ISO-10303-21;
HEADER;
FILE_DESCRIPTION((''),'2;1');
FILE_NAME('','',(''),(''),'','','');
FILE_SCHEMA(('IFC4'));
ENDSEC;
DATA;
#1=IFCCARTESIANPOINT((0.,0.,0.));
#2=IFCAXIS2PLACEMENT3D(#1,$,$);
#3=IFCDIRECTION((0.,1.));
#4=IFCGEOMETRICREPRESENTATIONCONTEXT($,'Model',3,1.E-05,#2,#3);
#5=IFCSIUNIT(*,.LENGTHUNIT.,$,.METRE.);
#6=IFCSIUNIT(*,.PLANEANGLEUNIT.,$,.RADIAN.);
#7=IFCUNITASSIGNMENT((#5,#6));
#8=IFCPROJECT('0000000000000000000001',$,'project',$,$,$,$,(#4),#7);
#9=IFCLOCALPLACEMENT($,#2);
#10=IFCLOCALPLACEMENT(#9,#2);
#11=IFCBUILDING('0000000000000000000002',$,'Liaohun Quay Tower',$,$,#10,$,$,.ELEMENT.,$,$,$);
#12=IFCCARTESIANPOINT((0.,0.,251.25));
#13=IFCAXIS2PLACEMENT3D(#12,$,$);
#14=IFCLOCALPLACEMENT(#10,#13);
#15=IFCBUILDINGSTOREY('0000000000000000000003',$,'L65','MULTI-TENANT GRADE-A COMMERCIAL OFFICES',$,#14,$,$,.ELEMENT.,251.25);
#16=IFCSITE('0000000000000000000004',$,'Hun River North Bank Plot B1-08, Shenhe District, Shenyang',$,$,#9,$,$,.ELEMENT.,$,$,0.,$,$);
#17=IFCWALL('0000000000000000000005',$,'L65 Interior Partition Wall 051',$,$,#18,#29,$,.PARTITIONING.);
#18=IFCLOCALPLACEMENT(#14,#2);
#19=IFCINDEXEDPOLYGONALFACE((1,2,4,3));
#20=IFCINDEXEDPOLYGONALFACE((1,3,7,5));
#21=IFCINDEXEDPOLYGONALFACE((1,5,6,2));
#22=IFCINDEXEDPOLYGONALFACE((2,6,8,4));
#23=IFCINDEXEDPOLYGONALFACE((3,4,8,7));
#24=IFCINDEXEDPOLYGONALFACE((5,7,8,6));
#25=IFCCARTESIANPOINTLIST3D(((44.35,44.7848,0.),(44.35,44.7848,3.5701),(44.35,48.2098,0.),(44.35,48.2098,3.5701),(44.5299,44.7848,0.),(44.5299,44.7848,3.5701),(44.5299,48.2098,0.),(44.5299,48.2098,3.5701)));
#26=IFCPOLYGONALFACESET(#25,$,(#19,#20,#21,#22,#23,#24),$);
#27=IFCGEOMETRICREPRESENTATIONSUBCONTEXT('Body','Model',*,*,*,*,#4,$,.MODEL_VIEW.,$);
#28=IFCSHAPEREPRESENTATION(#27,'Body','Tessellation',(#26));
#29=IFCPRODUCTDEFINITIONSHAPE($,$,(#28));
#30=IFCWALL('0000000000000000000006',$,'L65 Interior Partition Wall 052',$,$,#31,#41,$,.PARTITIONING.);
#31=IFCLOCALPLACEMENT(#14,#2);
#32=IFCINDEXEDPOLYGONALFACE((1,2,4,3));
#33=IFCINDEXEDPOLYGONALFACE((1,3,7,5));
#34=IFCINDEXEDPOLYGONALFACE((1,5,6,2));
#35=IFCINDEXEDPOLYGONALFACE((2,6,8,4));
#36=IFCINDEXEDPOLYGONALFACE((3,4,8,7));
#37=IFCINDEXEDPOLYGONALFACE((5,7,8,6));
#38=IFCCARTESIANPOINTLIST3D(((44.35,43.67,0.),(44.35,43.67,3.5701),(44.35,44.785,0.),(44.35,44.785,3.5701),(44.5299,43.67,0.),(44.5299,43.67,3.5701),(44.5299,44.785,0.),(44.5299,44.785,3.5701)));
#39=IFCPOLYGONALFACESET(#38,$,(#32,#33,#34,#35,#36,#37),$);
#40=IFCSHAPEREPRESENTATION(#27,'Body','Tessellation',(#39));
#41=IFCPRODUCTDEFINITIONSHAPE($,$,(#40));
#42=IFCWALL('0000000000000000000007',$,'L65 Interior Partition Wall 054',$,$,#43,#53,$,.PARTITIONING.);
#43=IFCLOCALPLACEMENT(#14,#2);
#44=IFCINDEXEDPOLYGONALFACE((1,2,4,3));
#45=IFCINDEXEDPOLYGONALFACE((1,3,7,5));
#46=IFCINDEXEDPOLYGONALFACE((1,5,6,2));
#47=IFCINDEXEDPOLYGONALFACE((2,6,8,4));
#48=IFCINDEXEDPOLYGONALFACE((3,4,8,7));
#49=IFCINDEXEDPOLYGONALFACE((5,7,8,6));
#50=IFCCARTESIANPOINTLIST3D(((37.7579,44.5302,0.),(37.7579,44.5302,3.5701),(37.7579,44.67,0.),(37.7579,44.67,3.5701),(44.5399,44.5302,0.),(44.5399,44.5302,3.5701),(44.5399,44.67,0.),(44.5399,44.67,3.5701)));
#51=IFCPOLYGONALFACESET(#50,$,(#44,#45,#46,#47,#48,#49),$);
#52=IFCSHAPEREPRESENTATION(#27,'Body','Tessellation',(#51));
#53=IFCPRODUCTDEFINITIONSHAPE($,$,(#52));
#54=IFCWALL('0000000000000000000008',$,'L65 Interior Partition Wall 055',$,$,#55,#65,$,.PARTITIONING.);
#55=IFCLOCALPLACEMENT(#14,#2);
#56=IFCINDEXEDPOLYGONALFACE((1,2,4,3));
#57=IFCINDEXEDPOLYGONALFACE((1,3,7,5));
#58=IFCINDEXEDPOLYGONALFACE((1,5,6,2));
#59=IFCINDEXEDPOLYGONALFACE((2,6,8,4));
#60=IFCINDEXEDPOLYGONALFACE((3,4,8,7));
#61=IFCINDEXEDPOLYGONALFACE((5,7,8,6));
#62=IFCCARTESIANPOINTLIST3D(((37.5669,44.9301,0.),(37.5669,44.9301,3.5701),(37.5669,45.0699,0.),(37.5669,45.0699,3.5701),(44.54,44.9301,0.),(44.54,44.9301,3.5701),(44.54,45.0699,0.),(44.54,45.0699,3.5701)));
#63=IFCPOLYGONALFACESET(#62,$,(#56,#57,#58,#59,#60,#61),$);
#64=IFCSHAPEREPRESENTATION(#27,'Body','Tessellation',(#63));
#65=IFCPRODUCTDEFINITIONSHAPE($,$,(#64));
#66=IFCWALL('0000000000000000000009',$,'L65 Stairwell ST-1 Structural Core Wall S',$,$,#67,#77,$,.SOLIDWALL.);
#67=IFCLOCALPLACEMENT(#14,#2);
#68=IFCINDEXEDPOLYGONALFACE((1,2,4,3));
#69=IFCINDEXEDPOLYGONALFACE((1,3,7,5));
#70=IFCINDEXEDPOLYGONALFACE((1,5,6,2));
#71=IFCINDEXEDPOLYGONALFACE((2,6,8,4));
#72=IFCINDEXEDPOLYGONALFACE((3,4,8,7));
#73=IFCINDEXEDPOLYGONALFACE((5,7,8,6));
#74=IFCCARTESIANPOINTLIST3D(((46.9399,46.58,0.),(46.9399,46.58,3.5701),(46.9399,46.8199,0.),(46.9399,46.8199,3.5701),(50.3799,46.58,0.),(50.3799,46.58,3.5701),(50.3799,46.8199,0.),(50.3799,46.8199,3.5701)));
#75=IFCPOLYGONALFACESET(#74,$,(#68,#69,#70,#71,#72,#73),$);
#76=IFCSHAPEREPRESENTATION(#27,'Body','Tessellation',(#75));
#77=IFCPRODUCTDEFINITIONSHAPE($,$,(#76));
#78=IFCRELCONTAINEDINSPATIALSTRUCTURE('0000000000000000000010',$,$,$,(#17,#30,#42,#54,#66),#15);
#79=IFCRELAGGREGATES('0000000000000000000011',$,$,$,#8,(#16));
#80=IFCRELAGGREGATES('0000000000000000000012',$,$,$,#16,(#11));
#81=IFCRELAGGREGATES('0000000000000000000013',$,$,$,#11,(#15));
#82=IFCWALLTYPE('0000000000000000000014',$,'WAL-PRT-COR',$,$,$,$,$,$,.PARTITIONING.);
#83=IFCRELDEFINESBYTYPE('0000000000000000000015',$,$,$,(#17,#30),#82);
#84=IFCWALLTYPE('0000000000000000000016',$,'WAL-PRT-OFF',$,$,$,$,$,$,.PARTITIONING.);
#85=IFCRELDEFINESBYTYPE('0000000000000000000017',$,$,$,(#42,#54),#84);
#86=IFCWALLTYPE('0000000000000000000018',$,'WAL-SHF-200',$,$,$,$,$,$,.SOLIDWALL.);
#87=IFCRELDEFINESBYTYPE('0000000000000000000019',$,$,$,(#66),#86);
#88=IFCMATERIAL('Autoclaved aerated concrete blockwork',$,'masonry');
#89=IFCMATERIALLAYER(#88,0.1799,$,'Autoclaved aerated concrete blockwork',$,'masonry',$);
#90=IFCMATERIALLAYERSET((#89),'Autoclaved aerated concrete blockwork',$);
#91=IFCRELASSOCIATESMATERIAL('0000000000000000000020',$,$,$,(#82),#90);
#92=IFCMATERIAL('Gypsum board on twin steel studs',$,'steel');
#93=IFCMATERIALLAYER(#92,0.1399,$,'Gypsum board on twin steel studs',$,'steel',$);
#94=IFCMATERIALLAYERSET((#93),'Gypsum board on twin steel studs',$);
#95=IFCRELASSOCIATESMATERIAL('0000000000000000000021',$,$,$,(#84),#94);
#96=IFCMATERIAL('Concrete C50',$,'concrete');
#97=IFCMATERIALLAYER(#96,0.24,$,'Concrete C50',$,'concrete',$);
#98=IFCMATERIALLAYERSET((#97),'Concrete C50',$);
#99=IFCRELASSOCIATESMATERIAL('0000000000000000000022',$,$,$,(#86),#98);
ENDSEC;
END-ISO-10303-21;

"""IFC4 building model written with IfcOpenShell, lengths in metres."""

from ifc_helpers import new_model, si_unit, direction, frame, frame_2d, origin, place, context, subcontext, project, spatial, rectangle, extrude, material, layer, layer_set, type_object, element, save


model = new_model("IFC4")

# Units and contexts
model_context = context("Model", 3, precision=1e-05, world=origin(), true_north=direction((0.0, 1.0)))
body_context = subcontext(model_context, "Body", "Model", "MODEL_VIEW")
ifc_project = project(units=[si_unit("LENGTHUNIT", "METRE"), si_unit("PLANEANGLEUNIT", "RADIAN")], contexts=[model_context])

# Site, building, storey
site_placement = place(None, origin())
site = spatial("IfcSite", under=ifc_project, at=site_placement, Name="Hun River North Bank Plot B1-08, Shenhe District, Shenyang", CompositionType="ELEMENT", RefElevation=0.0)
building_placement = place(site_placement, origin())
building = spatial("IfcBuilding", under=site, at=building_placement, Name="Liaohun Quay Tower", CompositionType="ELEMENT")
storey_placement = place(building_placement, frame((0.0, 0.0, 251.25)))
storey = spatial("IfcBuildingStorey", under=building, at=storey_placement, Name="L65", Description="MULTI-TENANT GRADE-A COMMERCIAL OFFICES", CompositionType="ELEMENT", Elevation=251.25)

# Walls
ifc_material_1 = material(Name="Autoclaved aerated concrete blockwork", Category="masonry")
ifc_layer_1 = layer(ifc_material_1, 0.1799, Name="Autoclaved aerated concrete blockwork", Category="masonry")
ifc_layer_set_1 = layer_set([ifc_layer_1], Name="Autoclaved aerated concrete blockwork")
wall_type_1 = type_object("IfcWallType", Name="WAL-PRT-COR", PredefinedType="PARTITIONING", material=ifc_layer_set_1)
wall_1_placement = place(storey_placement, frame((44.4399, 44.7849, 0.0), z_axis=(0.0, 0.0, 1.0), x_axis=(0.0, 1.0, 0.0)))
element("IfcWall", 1, at=wall_1_placement, inside=storey, type_object=wall_type_1, Name="L65 Interior Partition Wall 051", PredefinedType="PARTITIONING", context=body_context, shape_type="SweptSolid", body=[
    extrude(rectangle(XDim=3.425, YDim=0.1799, at=frame_2d((1.7124, 0.0))), origin(), (0.0, 0.0, 1.0), 3.5701),
])
wall_2_placement = place(storey_placement, frame((44.4399, 43.6699, 0.0), z_axis=(0.0, 0.0, 1.0), x_axis=(0.0, 1.0, 0.0)))
element("IfcWall", 2, at=wall_2_placement, inside=storey, type_object=wall_type_1, Name="L65 Interior Partition Wall 052", PredefinedType="PARTITIONING", context=body_context, shape_type="SweptSolid", body=[
    extrude(rectangle(XDim=1.115, YDim=0.1799, at=frame_2d((0.5576, 0.0))), origin(), (0.0, 0.0, 1.0), 3.5701),
])
ifc_material_2 = material(Name="Gypsum board on twin steel studs", Category="steel")
ifc_layer_2 = layer(ifc_material_2, 0.1399, Name="Gypsum board on twin steel studs", Category="steel")
ifc_layer_set_2 = layer_set([ifc_layer_2], Name="Gypsum board on twin steel studs")
wall_type_2 = type_object("IfcWallType", Name="WAL-PRT-OFF", PredefinedType="PARTITIONING", material=ifc_layer_set_2)
wall_3_placement = place(storey_placement, frame((44.54, 44.6001, 0.0), z_axis=(0.0, 0.0, 1.0), x_axis=(-1.0, 0.0, 0.0)))
element("IfcWall", 3, at=wall_3_placement, inside=storey, type_object=wall_type_2, Name="L65 Interior Partition Wall 054", PredefinedType="PARTITIONING", context=body_context, shape_type="SweptSolid", body=[
    extrude(rectangle(XDim=6.782, YDim=0.1399, at=frame_2d((3.3911, 0.0))), origin(), (0.0, 0.0, 1.0), 3.5701),
])
wall_4_placement = place(storey_placement, frame((44.54, 45.0, 0.0), z_axis=(0.0, 0.0, 1.0), x_axis=(-1.0, 0.0, 0.0)))
element("IfcWall", 4, at=wall_4_placement, inside=storey, type_object=wall_type_2, Name="L65 Interior Partition Wall 055", PredefinedType="PARTITIONING", context=body_context, shape_type="SweptSolid", body=[
    extrude(rectangle(XDim=6.9731, YDim=0.1399, at=frame_2d((3.4866, 0.0))), origin(), (0.0, 0.0, 1.0), 3.5701),
])
ifc_material_3 = material(Name="Concrete C50", Category="concrete")
ifc_layer_3 = layer(ifc_material_3, 0.24, Name="Concrete C50", Category="concrete")
ifc_layer_set_3 = layer_set([ifc_layer_3], Name="Concrete C50")
wall_type_3 = type_object("IfcWallType", Name="WAL-SHF-200", PredefinedType="SOLIDWALL", material=ifc_layer_set_3)
wall_5_placement = place(storey_placement, frame((46.9399, 46.7, 0.0), z_axis=(0.0, 0.0, 1.0), x_axis=(1.0, 0.0, 0.0)))
element("IfcWall", 5, at=wall_5_placement, inside=storey, type_object=wall_type_3, Name="L65 Stairwell ST-1 Structural Core Wall S", PredefinedType="SOLIDWALL", context=body_context, shape_type="SweptSolid", body=[
    extrude(rectangle(XDim=3.4399, YDim=0.24, at=frame_2d((1.72, 0.0))), origin(), (0.0, 0.0, 1.0), 3.5701),
])

save(model, "model.ifc")
